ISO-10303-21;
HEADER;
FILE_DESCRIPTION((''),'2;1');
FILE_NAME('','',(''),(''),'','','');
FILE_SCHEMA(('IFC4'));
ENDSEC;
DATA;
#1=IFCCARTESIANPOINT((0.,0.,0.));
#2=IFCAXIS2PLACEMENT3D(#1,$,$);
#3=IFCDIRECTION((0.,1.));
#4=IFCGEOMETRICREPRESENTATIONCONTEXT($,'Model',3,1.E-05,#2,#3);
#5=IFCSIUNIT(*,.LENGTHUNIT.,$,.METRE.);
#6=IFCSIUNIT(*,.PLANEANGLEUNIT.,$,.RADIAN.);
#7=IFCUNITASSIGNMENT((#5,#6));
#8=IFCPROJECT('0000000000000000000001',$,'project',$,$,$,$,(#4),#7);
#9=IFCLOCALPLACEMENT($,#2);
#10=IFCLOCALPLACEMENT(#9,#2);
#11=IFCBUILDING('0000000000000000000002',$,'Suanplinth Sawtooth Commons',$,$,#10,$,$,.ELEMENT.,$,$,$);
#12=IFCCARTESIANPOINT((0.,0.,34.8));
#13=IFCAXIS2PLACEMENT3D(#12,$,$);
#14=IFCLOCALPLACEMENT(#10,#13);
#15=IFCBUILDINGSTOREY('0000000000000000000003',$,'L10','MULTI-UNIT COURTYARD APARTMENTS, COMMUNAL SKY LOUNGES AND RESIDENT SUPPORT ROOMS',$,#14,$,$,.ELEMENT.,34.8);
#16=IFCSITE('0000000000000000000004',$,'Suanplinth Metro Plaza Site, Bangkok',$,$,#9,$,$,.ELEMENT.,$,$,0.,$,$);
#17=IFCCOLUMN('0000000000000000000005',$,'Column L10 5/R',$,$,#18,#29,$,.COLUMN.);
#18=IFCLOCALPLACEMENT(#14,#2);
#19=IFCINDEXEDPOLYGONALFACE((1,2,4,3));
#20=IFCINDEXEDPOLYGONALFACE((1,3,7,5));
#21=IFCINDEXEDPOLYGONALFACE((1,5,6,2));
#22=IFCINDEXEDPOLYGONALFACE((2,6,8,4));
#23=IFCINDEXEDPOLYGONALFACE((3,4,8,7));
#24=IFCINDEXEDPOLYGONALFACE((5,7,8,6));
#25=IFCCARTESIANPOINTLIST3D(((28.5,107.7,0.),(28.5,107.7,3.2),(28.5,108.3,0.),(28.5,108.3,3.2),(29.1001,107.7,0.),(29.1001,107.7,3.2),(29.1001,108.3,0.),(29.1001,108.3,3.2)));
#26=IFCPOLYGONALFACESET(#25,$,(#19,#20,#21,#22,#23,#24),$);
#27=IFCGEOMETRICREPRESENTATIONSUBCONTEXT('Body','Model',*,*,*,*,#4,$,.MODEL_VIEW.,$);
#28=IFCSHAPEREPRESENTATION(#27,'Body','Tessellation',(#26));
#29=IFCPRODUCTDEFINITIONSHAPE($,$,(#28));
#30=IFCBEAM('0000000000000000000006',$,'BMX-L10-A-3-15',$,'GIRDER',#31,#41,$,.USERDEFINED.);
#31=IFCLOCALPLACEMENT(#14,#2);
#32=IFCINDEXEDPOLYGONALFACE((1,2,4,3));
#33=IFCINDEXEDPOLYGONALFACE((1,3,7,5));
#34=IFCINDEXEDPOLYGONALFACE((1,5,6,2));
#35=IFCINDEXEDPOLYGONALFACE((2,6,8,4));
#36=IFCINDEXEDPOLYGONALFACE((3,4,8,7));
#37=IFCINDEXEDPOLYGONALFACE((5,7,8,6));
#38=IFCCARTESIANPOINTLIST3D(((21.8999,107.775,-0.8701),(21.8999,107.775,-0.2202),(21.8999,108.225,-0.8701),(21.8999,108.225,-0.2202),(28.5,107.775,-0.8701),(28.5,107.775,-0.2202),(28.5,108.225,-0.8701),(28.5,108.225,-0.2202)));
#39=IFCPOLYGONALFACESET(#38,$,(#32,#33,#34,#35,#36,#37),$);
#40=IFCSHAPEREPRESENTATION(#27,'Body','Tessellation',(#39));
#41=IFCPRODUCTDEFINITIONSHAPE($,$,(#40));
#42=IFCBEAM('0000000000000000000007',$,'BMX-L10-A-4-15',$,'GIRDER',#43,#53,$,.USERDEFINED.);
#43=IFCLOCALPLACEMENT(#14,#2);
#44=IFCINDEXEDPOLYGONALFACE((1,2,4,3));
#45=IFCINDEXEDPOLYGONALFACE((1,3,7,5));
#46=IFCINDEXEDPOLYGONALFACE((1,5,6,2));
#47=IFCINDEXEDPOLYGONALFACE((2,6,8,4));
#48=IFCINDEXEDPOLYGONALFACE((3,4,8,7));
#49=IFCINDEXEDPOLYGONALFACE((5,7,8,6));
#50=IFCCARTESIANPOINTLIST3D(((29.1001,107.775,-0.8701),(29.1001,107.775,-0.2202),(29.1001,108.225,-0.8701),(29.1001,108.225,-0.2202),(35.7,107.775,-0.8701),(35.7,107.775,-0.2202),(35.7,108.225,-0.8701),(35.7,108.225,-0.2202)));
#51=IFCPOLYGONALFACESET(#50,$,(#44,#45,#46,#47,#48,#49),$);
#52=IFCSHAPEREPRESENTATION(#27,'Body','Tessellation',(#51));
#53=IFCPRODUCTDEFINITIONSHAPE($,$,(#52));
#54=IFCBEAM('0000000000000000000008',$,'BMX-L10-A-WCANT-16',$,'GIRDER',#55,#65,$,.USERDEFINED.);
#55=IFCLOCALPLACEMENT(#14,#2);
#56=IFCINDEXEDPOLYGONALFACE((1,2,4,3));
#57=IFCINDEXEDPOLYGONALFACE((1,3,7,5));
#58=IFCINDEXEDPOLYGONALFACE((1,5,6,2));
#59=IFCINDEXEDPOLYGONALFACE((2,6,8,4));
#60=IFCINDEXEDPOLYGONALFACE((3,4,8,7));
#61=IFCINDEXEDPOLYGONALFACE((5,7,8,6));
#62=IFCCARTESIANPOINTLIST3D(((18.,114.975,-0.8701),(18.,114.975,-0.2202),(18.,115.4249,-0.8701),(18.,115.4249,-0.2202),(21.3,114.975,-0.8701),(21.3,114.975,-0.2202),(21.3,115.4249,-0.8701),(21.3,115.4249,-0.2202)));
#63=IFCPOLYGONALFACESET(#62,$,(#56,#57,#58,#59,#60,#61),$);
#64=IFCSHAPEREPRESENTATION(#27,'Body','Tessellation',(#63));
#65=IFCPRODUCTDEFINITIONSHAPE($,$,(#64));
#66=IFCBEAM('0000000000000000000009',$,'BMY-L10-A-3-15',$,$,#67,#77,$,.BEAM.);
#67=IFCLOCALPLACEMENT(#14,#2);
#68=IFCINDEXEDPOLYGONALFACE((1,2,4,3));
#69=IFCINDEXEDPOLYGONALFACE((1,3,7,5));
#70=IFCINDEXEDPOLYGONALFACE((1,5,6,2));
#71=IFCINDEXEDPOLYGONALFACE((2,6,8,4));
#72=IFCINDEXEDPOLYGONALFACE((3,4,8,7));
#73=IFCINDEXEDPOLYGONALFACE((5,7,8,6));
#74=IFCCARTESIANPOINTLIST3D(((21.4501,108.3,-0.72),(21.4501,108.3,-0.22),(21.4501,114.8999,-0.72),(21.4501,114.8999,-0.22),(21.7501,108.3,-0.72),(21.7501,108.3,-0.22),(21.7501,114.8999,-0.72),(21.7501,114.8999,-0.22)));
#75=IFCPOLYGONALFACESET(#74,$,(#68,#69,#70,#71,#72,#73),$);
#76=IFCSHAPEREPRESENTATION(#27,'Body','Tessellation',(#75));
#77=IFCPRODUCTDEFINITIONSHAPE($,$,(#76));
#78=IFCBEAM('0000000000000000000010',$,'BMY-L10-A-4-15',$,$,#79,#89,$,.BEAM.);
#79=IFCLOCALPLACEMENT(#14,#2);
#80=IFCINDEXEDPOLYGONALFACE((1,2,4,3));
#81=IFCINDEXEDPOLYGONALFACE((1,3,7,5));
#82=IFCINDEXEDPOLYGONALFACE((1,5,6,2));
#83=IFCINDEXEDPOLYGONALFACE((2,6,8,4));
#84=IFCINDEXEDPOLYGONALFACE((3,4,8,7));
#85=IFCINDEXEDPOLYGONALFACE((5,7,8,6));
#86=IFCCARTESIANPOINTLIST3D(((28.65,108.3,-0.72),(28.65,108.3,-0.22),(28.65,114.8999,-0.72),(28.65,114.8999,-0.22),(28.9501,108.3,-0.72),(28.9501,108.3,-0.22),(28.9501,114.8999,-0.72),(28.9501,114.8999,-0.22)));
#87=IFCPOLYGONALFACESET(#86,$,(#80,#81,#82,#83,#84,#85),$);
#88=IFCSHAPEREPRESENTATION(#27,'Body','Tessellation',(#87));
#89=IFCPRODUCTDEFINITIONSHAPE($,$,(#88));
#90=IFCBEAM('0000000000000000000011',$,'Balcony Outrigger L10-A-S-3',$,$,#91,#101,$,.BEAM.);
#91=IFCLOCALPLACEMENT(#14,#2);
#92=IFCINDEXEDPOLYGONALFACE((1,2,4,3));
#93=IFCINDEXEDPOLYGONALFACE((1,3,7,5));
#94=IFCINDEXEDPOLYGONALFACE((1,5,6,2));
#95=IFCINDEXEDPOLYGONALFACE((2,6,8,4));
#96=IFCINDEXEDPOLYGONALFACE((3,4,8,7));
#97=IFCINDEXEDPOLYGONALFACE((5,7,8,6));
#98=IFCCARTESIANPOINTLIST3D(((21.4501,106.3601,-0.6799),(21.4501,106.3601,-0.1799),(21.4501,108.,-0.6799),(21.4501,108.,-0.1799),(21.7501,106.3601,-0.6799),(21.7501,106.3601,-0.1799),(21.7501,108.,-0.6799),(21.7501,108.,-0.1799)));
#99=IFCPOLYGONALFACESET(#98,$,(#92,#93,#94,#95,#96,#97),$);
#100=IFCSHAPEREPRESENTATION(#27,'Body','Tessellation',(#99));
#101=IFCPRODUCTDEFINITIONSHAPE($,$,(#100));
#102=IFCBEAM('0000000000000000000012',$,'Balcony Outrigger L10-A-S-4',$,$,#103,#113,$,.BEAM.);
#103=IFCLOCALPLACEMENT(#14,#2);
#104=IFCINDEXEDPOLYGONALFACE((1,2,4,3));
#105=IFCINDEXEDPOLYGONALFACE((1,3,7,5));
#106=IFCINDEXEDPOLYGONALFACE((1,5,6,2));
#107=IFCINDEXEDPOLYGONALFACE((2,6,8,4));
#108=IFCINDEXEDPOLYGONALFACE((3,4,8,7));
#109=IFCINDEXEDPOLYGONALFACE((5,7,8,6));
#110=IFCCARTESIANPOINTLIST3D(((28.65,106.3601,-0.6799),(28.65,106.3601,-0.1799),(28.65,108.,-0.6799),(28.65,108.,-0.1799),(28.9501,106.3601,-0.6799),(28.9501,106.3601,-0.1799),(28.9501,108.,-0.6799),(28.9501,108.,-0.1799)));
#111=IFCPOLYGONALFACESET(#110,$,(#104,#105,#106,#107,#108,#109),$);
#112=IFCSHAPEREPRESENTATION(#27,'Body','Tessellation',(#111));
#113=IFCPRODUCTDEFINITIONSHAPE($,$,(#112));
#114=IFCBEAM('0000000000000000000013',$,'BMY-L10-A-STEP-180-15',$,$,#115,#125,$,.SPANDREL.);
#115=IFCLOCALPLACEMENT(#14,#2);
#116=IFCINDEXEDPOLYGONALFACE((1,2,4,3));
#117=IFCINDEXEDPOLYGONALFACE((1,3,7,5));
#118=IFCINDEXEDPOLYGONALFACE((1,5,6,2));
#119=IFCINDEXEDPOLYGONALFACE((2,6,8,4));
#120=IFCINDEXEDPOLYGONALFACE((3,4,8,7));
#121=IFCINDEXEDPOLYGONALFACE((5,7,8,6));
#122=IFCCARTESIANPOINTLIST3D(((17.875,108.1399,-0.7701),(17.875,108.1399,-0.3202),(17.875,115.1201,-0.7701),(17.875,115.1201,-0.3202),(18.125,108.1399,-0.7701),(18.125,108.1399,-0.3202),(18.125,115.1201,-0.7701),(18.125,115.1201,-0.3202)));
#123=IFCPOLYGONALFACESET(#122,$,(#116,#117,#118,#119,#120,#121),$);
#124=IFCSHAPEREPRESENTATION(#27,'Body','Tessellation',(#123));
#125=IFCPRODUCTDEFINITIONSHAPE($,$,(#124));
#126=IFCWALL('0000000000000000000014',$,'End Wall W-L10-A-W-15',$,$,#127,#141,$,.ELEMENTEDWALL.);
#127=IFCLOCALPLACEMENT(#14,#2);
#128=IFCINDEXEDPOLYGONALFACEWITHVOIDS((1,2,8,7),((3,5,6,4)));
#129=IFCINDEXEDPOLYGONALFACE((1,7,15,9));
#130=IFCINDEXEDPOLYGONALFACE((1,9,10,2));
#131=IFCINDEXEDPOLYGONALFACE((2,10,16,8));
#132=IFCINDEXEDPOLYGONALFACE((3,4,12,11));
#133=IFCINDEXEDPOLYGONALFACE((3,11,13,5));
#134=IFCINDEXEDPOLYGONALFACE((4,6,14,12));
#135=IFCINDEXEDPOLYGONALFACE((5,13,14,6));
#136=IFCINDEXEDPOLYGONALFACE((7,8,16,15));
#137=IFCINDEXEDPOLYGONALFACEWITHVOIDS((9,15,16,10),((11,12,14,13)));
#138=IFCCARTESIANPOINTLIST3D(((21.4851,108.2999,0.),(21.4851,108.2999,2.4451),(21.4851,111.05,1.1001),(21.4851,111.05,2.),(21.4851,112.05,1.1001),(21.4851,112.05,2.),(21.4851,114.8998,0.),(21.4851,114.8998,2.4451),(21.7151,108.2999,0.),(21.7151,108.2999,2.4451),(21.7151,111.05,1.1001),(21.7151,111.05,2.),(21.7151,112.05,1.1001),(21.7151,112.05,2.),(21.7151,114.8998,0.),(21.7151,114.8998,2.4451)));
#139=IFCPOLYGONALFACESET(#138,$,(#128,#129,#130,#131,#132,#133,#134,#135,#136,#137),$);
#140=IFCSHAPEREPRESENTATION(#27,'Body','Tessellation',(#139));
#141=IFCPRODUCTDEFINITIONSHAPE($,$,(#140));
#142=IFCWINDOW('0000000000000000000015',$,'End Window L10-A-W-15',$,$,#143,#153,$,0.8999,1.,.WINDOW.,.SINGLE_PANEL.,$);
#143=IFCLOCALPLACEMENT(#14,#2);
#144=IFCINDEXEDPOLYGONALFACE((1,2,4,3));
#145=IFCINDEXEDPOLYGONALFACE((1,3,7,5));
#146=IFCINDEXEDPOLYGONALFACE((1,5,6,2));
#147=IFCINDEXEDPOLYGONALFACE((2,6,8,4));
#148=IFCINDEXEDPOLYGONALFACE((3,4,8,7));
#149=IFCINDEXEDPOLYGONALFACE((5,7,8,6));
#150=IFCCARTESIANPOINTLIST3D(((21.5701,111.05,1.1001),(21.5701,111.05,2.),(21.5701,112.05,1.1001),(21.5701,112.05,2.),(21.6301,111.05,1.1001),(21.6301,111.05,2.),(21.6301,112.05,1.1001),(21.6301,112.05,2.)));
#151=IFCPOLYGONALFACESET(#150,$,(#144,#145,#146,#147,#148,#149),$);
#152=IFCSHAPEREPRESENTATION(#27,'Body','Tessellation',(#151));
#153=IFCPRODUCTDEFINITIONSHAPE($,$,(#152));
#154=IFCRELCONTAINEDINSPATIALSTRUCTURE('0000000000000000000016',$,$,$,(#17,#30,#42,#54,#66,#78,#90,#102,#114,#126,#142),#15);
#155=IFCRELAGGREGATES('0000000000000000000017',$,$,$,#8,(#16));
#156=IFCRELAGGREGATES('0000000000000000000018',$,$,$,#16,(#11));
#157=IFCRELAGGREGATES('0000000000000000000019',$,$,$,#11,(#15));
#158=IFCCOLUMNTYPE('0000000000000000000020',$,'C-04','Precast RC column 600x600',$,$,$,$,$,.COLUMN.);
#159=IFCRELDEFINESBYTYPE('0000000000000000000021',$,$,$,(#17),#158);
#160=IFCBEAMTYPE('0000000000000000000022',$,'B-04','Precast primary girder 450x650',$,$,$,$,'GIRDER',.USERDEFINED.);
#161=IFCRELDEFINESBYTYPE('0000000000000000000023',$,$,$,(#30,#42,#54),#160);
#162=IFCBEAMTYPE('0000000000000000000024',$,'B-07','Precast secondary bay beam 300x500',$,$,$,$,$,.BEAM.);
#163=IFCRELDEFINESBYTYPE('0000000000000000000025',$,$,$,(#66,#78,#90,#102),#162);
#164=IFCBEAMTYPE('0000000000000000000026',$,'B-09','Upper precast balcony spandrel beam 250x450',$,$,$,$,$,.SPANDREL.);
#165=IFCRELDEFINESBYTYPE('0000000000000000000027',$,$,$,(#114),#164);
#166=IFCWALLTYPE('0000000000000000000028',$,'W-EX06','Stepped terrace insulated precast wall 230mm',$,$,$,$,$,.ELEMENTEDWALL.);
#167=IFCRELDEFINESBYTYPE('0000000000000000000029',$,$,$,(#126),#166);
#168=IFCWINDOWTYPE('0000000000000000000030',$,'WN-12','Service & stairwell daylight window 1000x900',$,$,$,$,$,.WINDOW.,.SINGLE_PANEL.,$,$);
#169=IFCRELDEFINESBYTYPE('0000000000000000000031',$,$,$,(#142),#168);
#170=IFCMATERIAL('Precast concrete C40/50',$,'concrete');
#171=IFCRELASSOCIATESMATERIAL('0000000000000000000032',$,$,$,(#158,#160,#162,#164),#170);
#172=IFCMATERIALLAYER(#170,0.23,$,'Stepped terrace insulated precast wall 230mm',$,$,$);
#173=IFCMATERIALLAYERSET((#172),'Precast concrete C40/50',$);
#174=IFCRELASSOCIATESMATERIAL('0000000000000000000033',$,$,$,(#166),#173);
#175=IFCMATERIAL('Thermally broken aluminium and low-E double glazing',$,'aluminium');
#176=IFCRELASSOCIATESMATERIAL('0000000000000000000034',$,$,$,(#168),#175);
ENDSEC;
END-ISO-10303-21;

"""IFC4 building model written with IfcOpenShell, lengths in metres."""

from ifc_helpers import new_model, si_unit, direction, frame, frame_2d, origin, origin_2d, place, context, subcontext, project, spatial, rectangle, extrude, material, layer, layer_set, material_profile, profile_set, type_object, element, fill, save


model = new_model("IFC4")

# Units and contexts
model_context = context("Model", 3, precision=1e-05, world=origin(), true_north=direction((0.0, 1.0)))
body_context = subcontext(model_context, "Body", "Model", "MODEL_VIEW")
ifc_project = project(units=[si_unit("LENGTHUNIT", "METRE"), si_unit("PLANEANGLEUNIT", "RADIAN")], contexts=[model_context])

# Site, building, storey
site_placement = place(None, origin())
site = spatial("IfcSite", under=ifc_project, at=site_placement, Name="Suanplinth Metro Plaza Site, Bangkok", CompositionType="ELEMENT", RefElevation=0.0)
building_placement = place(site_placement, origin())
building = spatial("IfcBuilding", under=site, at=building_placement, Name="Suanplinth Sawtooth Commons", CompositionType="ELEMENT")
storey_placement = place(building_placement, frame((0.0, 0.0, 34.8)))
storey = spatial("IfcBuildingStorey", under=building, at=storey_placement, Name="L10", Description="MULTI-UNIT COURTYARD APARTMENTS, COMMUNAL SKY LOUNGES AND RESIDENT SUPPORT ROOMS", CompositionType="ELEMENT", Elevation=34.8)

# Column
ifc_material_1 = material(Name="Precast concrete C40/50", Category="concrete")
ifc_material_profile_1 = material_profile(ifc_material_1, rectangle(XDim=0.6001, YDim=0.6001, at=origin_2d()), Name="PC-COL 600x600")
ifc_profile_set_1 = profile_set([ifc_material_profile_1], Name="Precast concrete C40/50")
column_type = type_object("IfcColumnType", Name="C-04", Description="Precast RC column 600x600", PredefinedType="COLUMN", material=ifc_profile_set_1)
column_placement = place(storey_placement, frame((28.8, 108.0, 0.0), z_axis=(0.0, 0.0, 1.0), x_axis=(1.0, 0.0, 0.0)))
element("IfcColumn", 1, at=column_placement, inside=storey, type_object=column_type, Name="Column L10 5/R", PredefinedType="COLUMN", context=body_context, shape_type="SweptSolid", body=[
    extrude(rectangle(XDim=0.6001, YDim=0.6001, at=origin_2d()), origin(), (0.0, 0.0, 1.0), 3.2),
])

# Beams
ifc_material_profile_2 = material_profile(ifc_material_1, rectangle(XDim=0.45, YDim=0.6499, at=origin_2d()), Name="PC-GDR 450x650")
ifc_profile_set_2 = profile_set([ifc_material_profile_2], Name="Precast concrete C40/50")
beam_type_1 = type_object("IfcBeamType", Name="B-04", Description="Precast primary girder 450x650", ElementType="GIRDER", PredefinedType="USERDEFINED", material=ifc_profile_set_2)
beam_1_placement = place(storey_placement, frame((21.8999, 108.0, -0.5452), z_axis=(1.0, 0.0, 0.0), x_axis=(0.0, 1.0, 0.0)))
element("IfcBeam", 2, at=beam_1_placement, inside=storey, type_object=beam_type_1, Name="BMX-L10-A-3-15", ObjectType="GIRDER", PredefinedType="USERDEFINED", context=body_context, shape_type="SweptSolid", body=[
    extrude(rectangle(XDim=0.45, YDim=0.6499, at=origin_2d()), origin(), (0.0, 0.0, 1.0), 6.6001),
])
beam_2_placement = place(storey_placement, frame((29.1001, 108.0, -0.5452), z_axis=(1.0, 0.0, 0.0), x_axis=(0.0, 1.0, 0.0)))
element("IfcBeam", 3, at=beam_2_placement, inside=storey, type_object=beam_type_1, Name="BMX-L10-A-4-15", ObjectType="GIRDER", PredefinedType="USERDEFINED", context=body_context, shape_type="SweptSolid", body=[
    extrude(rectangle(XDim=0.45, YDim=0.6499, at=origin_2d()), origin(), (0.0, 0.0, 1.0), 6.5999),
])
beam_3_placement = place(storey_placement, frame((21.3, 115.2, -0.5452), z_axis=(-1.0, 0.0, 0.0), x_axis=(0.0, -1.0, 0.0)))
element("IfcBeam", 4, at=beam_3_placement, inside=storey, type_object=beam_type_1, Name="BMX-L10-A-WCANT-16", ObjectType="GIRDER", PredefinedType="USERDEFINED", context=body_context, shape_type="SweptSolid", body=[
    extrude(rectangle(XDim=0.45, YDim=0.6499, at=origin_2d()), origin(), (0.0, 0.0, 1.0), 3.3),
])
ifc_material_profile_3 = material_profile(ifc_material_1, rectangle(XDim=0.3, YDim=0.5, at=origin_2d()), Name="PC-BM 300x500")
ifc_profile_set_3 = profile_set([ifc_material_profile_3], Name="Precast concrete C40/50")
beam_type_2 = type_object("IfcBeamType", Name="B-07", Description="Precast secondary bay beam 300x500", PredefinedType="BEAM", material=ifc_profile_set_3)
for number, where, z_axis, x_axis, name in (
    (5, (21.6001, 108.3, -0.47), (0.0, 1.0, 0.0), (-1.0, 0.0, 0.0), "BMY-L10-A-3-15"),
    (6, (28.8, 108.3, -0.47), (0.0, 1.0, 0.0), (-1.0, 0.0, 0.0), "BMY-L10-A-4-15"),
):
    element("IfcBeam", number, at=place(storey_placement, frame(where, z_axis=z_axis, x_axis=x_axis)), inside=storey, type_object=beam_type_2, Name=name, PredefinedType="BEAM", context=body_context, shape_type="SweptSolid", body=[
        extrude(rectangle(XDim=0.3, YDim=0.5, at=origin_2d()), origin(), (0.0, 0.0, 1.0), 6.5999),
    ])
for number, where, z_axis, x_axis, name in (
    (7, (21.6001, 108.0, -0.4299), (0.0, -1.0, 0.0), (1.0, 0.0, 0.0), "Balcony Outrigger L10-A-S-3"),
    (8, (28.8, 108.0, -0.4299), (0.0, -1.0, 0.0), (1.0, 0.0, 0.0), "Balcony Outrigger L10-A-S-4"),
):
    element("IfcBeam", number, at=place(storey_placement, frame(where, z_axis=z_axis, x_axis=x_axis)), inside=storey, type_object=beam_type_2, Name=name, PredefinedType="BEAM", context=body_context, shape_type="SweptSolid", body=[
        extrude(rectangle(XDim=0.3, YDim=0.5, at=origin_2d()), origin(), (0.0, 0.0, 1.0), 1.6399),
    ])
ifc_material_profile_4 = material_profile(ifc_material_1, rectangle(XDim=0.25, YDim=0.45, at=origin_2d()), Name="PC-SP 250x450")
ifc_profile_set_4 = profile_set([ifc_material_profile_4], Name="Precast concrete C40/50")
beam_type_3 = type_object("IfcBeamType", Name="B-09", Description="Upper precast balcony spandrel beam 250x450", PredefinedType="SPANDREL", material=ifc_profile_set_4)
beam_4_placement = place(storey_placement, frame((18.0, 108.1399, -0.5452), z_axis=(0.0, 1.0, 0.0), x_axis=(-1.0, 0.0, 0.0)))
element("IfcBeam", 9, at=beam_4_placement, inside=storey, type_object=beam_type_3, Name="BMY-L10-A-STEP-180-15", PredefinedType="SPANDREL", context=body_context, shape_type="SweptSolid", body=[
    extrude(rectangle(XDim=0.25, YDim=0.45, at=origin_2d()), origin(), (0.0, 0.0, 1.0), 6.9802),
])

# Wall, opening, window
ifc_layer_1 = layer(ifc_material_1, 0.23, Name="Stepped terrace insulated precast wall 230mm")
ifc_layer_set_1 = layer_set([ifc_layer_1], Name="Precast concrete C40/50")
wall_type_1 = type_object("IfcWallType", Name="W-EX06", Description="Stepped terrace insulated precast wall 230mm", PredefinedType="ELEMENTEDWALL", material=ifc_layer_set_1)
wall_1_placement = place(storey_placement, frame((21.6001, 108.3, 0.0), z_axis=(0.0, 0.0, 1.0), x_axis=(0.0, 1.0, 0.0)))
wall_1 = element("IfcWall", 10, at=wall_1_placement, inside=storey, type_object=wall_type_1, Name="End Wall W-L10-A-W-15", PredefinedType="ELEMENTEDWALL", context=body_context, shape_type="SweptSolid", body=[
    extrude(rectangle(XDim=6.5999, YDim=0.23, at=frame_2d((3.2998, 0.0))), origin(), (0.0, 0.0, 1.0), 2.4451),
])
opening_1_placement = place(wall_1_placement, frame((2.75, 0.0, 1.1001)))
opening_1 = element("IfcOpeningElement", 11, at=opening_1_placement, cuts=wall_1, PredefinedType="OPENING", context=body_context, shape_type="SweptSolid", body=[
    extrude(rectangle(XDim=1.0, YDim=0.8999, at=frame_2d((0.5, 0.45))), frame((0.0, 0.1299, 0.0), z_axis=(0.0, -1.0, 0.0), x_axis=(1.0, 0.0, 0.0)), (0.0, 0.0, 1.0), 0.2598),
])
ifc_material_2 = material(Name="Thermally broken aluminium and low-E double glazing", Category="aluminium")
window_type = type_object("IfcWindowType", Name="WN-12", Description="Service & stairwell daylight window 1000x900", PartitioningType="SINGLE_PANEL", PredefinedType="WINDOW", material=ifc_material_2)
window_placement = place(opening_1_placement, origin())
window = element("IfcWindow", 12, at=window_placement, inside=storey, type_object=window_type, Name="End Window L10-A-W-15", OverallHeight=0.8999, OverallWidth=1.0, PartitioningType="SINGLE_PANEL", PredefinedType="WINDOW", context=body_context, shape_type="SweptSolid", body=[
    extrude(rectangle(XDim=1.0, YDim=0.8999, at=frame_2d((0.5, 0.45))), frame((0.0, 0.03, 0.0), z_axis=(0.0, -1.0, 0.0), x_axis=(1.0, 0.0, 0.0)), (0.0, 0.0, 1.0), 0.0601),
])
fill(opening_1, window)

save(model, "model.ifc")
